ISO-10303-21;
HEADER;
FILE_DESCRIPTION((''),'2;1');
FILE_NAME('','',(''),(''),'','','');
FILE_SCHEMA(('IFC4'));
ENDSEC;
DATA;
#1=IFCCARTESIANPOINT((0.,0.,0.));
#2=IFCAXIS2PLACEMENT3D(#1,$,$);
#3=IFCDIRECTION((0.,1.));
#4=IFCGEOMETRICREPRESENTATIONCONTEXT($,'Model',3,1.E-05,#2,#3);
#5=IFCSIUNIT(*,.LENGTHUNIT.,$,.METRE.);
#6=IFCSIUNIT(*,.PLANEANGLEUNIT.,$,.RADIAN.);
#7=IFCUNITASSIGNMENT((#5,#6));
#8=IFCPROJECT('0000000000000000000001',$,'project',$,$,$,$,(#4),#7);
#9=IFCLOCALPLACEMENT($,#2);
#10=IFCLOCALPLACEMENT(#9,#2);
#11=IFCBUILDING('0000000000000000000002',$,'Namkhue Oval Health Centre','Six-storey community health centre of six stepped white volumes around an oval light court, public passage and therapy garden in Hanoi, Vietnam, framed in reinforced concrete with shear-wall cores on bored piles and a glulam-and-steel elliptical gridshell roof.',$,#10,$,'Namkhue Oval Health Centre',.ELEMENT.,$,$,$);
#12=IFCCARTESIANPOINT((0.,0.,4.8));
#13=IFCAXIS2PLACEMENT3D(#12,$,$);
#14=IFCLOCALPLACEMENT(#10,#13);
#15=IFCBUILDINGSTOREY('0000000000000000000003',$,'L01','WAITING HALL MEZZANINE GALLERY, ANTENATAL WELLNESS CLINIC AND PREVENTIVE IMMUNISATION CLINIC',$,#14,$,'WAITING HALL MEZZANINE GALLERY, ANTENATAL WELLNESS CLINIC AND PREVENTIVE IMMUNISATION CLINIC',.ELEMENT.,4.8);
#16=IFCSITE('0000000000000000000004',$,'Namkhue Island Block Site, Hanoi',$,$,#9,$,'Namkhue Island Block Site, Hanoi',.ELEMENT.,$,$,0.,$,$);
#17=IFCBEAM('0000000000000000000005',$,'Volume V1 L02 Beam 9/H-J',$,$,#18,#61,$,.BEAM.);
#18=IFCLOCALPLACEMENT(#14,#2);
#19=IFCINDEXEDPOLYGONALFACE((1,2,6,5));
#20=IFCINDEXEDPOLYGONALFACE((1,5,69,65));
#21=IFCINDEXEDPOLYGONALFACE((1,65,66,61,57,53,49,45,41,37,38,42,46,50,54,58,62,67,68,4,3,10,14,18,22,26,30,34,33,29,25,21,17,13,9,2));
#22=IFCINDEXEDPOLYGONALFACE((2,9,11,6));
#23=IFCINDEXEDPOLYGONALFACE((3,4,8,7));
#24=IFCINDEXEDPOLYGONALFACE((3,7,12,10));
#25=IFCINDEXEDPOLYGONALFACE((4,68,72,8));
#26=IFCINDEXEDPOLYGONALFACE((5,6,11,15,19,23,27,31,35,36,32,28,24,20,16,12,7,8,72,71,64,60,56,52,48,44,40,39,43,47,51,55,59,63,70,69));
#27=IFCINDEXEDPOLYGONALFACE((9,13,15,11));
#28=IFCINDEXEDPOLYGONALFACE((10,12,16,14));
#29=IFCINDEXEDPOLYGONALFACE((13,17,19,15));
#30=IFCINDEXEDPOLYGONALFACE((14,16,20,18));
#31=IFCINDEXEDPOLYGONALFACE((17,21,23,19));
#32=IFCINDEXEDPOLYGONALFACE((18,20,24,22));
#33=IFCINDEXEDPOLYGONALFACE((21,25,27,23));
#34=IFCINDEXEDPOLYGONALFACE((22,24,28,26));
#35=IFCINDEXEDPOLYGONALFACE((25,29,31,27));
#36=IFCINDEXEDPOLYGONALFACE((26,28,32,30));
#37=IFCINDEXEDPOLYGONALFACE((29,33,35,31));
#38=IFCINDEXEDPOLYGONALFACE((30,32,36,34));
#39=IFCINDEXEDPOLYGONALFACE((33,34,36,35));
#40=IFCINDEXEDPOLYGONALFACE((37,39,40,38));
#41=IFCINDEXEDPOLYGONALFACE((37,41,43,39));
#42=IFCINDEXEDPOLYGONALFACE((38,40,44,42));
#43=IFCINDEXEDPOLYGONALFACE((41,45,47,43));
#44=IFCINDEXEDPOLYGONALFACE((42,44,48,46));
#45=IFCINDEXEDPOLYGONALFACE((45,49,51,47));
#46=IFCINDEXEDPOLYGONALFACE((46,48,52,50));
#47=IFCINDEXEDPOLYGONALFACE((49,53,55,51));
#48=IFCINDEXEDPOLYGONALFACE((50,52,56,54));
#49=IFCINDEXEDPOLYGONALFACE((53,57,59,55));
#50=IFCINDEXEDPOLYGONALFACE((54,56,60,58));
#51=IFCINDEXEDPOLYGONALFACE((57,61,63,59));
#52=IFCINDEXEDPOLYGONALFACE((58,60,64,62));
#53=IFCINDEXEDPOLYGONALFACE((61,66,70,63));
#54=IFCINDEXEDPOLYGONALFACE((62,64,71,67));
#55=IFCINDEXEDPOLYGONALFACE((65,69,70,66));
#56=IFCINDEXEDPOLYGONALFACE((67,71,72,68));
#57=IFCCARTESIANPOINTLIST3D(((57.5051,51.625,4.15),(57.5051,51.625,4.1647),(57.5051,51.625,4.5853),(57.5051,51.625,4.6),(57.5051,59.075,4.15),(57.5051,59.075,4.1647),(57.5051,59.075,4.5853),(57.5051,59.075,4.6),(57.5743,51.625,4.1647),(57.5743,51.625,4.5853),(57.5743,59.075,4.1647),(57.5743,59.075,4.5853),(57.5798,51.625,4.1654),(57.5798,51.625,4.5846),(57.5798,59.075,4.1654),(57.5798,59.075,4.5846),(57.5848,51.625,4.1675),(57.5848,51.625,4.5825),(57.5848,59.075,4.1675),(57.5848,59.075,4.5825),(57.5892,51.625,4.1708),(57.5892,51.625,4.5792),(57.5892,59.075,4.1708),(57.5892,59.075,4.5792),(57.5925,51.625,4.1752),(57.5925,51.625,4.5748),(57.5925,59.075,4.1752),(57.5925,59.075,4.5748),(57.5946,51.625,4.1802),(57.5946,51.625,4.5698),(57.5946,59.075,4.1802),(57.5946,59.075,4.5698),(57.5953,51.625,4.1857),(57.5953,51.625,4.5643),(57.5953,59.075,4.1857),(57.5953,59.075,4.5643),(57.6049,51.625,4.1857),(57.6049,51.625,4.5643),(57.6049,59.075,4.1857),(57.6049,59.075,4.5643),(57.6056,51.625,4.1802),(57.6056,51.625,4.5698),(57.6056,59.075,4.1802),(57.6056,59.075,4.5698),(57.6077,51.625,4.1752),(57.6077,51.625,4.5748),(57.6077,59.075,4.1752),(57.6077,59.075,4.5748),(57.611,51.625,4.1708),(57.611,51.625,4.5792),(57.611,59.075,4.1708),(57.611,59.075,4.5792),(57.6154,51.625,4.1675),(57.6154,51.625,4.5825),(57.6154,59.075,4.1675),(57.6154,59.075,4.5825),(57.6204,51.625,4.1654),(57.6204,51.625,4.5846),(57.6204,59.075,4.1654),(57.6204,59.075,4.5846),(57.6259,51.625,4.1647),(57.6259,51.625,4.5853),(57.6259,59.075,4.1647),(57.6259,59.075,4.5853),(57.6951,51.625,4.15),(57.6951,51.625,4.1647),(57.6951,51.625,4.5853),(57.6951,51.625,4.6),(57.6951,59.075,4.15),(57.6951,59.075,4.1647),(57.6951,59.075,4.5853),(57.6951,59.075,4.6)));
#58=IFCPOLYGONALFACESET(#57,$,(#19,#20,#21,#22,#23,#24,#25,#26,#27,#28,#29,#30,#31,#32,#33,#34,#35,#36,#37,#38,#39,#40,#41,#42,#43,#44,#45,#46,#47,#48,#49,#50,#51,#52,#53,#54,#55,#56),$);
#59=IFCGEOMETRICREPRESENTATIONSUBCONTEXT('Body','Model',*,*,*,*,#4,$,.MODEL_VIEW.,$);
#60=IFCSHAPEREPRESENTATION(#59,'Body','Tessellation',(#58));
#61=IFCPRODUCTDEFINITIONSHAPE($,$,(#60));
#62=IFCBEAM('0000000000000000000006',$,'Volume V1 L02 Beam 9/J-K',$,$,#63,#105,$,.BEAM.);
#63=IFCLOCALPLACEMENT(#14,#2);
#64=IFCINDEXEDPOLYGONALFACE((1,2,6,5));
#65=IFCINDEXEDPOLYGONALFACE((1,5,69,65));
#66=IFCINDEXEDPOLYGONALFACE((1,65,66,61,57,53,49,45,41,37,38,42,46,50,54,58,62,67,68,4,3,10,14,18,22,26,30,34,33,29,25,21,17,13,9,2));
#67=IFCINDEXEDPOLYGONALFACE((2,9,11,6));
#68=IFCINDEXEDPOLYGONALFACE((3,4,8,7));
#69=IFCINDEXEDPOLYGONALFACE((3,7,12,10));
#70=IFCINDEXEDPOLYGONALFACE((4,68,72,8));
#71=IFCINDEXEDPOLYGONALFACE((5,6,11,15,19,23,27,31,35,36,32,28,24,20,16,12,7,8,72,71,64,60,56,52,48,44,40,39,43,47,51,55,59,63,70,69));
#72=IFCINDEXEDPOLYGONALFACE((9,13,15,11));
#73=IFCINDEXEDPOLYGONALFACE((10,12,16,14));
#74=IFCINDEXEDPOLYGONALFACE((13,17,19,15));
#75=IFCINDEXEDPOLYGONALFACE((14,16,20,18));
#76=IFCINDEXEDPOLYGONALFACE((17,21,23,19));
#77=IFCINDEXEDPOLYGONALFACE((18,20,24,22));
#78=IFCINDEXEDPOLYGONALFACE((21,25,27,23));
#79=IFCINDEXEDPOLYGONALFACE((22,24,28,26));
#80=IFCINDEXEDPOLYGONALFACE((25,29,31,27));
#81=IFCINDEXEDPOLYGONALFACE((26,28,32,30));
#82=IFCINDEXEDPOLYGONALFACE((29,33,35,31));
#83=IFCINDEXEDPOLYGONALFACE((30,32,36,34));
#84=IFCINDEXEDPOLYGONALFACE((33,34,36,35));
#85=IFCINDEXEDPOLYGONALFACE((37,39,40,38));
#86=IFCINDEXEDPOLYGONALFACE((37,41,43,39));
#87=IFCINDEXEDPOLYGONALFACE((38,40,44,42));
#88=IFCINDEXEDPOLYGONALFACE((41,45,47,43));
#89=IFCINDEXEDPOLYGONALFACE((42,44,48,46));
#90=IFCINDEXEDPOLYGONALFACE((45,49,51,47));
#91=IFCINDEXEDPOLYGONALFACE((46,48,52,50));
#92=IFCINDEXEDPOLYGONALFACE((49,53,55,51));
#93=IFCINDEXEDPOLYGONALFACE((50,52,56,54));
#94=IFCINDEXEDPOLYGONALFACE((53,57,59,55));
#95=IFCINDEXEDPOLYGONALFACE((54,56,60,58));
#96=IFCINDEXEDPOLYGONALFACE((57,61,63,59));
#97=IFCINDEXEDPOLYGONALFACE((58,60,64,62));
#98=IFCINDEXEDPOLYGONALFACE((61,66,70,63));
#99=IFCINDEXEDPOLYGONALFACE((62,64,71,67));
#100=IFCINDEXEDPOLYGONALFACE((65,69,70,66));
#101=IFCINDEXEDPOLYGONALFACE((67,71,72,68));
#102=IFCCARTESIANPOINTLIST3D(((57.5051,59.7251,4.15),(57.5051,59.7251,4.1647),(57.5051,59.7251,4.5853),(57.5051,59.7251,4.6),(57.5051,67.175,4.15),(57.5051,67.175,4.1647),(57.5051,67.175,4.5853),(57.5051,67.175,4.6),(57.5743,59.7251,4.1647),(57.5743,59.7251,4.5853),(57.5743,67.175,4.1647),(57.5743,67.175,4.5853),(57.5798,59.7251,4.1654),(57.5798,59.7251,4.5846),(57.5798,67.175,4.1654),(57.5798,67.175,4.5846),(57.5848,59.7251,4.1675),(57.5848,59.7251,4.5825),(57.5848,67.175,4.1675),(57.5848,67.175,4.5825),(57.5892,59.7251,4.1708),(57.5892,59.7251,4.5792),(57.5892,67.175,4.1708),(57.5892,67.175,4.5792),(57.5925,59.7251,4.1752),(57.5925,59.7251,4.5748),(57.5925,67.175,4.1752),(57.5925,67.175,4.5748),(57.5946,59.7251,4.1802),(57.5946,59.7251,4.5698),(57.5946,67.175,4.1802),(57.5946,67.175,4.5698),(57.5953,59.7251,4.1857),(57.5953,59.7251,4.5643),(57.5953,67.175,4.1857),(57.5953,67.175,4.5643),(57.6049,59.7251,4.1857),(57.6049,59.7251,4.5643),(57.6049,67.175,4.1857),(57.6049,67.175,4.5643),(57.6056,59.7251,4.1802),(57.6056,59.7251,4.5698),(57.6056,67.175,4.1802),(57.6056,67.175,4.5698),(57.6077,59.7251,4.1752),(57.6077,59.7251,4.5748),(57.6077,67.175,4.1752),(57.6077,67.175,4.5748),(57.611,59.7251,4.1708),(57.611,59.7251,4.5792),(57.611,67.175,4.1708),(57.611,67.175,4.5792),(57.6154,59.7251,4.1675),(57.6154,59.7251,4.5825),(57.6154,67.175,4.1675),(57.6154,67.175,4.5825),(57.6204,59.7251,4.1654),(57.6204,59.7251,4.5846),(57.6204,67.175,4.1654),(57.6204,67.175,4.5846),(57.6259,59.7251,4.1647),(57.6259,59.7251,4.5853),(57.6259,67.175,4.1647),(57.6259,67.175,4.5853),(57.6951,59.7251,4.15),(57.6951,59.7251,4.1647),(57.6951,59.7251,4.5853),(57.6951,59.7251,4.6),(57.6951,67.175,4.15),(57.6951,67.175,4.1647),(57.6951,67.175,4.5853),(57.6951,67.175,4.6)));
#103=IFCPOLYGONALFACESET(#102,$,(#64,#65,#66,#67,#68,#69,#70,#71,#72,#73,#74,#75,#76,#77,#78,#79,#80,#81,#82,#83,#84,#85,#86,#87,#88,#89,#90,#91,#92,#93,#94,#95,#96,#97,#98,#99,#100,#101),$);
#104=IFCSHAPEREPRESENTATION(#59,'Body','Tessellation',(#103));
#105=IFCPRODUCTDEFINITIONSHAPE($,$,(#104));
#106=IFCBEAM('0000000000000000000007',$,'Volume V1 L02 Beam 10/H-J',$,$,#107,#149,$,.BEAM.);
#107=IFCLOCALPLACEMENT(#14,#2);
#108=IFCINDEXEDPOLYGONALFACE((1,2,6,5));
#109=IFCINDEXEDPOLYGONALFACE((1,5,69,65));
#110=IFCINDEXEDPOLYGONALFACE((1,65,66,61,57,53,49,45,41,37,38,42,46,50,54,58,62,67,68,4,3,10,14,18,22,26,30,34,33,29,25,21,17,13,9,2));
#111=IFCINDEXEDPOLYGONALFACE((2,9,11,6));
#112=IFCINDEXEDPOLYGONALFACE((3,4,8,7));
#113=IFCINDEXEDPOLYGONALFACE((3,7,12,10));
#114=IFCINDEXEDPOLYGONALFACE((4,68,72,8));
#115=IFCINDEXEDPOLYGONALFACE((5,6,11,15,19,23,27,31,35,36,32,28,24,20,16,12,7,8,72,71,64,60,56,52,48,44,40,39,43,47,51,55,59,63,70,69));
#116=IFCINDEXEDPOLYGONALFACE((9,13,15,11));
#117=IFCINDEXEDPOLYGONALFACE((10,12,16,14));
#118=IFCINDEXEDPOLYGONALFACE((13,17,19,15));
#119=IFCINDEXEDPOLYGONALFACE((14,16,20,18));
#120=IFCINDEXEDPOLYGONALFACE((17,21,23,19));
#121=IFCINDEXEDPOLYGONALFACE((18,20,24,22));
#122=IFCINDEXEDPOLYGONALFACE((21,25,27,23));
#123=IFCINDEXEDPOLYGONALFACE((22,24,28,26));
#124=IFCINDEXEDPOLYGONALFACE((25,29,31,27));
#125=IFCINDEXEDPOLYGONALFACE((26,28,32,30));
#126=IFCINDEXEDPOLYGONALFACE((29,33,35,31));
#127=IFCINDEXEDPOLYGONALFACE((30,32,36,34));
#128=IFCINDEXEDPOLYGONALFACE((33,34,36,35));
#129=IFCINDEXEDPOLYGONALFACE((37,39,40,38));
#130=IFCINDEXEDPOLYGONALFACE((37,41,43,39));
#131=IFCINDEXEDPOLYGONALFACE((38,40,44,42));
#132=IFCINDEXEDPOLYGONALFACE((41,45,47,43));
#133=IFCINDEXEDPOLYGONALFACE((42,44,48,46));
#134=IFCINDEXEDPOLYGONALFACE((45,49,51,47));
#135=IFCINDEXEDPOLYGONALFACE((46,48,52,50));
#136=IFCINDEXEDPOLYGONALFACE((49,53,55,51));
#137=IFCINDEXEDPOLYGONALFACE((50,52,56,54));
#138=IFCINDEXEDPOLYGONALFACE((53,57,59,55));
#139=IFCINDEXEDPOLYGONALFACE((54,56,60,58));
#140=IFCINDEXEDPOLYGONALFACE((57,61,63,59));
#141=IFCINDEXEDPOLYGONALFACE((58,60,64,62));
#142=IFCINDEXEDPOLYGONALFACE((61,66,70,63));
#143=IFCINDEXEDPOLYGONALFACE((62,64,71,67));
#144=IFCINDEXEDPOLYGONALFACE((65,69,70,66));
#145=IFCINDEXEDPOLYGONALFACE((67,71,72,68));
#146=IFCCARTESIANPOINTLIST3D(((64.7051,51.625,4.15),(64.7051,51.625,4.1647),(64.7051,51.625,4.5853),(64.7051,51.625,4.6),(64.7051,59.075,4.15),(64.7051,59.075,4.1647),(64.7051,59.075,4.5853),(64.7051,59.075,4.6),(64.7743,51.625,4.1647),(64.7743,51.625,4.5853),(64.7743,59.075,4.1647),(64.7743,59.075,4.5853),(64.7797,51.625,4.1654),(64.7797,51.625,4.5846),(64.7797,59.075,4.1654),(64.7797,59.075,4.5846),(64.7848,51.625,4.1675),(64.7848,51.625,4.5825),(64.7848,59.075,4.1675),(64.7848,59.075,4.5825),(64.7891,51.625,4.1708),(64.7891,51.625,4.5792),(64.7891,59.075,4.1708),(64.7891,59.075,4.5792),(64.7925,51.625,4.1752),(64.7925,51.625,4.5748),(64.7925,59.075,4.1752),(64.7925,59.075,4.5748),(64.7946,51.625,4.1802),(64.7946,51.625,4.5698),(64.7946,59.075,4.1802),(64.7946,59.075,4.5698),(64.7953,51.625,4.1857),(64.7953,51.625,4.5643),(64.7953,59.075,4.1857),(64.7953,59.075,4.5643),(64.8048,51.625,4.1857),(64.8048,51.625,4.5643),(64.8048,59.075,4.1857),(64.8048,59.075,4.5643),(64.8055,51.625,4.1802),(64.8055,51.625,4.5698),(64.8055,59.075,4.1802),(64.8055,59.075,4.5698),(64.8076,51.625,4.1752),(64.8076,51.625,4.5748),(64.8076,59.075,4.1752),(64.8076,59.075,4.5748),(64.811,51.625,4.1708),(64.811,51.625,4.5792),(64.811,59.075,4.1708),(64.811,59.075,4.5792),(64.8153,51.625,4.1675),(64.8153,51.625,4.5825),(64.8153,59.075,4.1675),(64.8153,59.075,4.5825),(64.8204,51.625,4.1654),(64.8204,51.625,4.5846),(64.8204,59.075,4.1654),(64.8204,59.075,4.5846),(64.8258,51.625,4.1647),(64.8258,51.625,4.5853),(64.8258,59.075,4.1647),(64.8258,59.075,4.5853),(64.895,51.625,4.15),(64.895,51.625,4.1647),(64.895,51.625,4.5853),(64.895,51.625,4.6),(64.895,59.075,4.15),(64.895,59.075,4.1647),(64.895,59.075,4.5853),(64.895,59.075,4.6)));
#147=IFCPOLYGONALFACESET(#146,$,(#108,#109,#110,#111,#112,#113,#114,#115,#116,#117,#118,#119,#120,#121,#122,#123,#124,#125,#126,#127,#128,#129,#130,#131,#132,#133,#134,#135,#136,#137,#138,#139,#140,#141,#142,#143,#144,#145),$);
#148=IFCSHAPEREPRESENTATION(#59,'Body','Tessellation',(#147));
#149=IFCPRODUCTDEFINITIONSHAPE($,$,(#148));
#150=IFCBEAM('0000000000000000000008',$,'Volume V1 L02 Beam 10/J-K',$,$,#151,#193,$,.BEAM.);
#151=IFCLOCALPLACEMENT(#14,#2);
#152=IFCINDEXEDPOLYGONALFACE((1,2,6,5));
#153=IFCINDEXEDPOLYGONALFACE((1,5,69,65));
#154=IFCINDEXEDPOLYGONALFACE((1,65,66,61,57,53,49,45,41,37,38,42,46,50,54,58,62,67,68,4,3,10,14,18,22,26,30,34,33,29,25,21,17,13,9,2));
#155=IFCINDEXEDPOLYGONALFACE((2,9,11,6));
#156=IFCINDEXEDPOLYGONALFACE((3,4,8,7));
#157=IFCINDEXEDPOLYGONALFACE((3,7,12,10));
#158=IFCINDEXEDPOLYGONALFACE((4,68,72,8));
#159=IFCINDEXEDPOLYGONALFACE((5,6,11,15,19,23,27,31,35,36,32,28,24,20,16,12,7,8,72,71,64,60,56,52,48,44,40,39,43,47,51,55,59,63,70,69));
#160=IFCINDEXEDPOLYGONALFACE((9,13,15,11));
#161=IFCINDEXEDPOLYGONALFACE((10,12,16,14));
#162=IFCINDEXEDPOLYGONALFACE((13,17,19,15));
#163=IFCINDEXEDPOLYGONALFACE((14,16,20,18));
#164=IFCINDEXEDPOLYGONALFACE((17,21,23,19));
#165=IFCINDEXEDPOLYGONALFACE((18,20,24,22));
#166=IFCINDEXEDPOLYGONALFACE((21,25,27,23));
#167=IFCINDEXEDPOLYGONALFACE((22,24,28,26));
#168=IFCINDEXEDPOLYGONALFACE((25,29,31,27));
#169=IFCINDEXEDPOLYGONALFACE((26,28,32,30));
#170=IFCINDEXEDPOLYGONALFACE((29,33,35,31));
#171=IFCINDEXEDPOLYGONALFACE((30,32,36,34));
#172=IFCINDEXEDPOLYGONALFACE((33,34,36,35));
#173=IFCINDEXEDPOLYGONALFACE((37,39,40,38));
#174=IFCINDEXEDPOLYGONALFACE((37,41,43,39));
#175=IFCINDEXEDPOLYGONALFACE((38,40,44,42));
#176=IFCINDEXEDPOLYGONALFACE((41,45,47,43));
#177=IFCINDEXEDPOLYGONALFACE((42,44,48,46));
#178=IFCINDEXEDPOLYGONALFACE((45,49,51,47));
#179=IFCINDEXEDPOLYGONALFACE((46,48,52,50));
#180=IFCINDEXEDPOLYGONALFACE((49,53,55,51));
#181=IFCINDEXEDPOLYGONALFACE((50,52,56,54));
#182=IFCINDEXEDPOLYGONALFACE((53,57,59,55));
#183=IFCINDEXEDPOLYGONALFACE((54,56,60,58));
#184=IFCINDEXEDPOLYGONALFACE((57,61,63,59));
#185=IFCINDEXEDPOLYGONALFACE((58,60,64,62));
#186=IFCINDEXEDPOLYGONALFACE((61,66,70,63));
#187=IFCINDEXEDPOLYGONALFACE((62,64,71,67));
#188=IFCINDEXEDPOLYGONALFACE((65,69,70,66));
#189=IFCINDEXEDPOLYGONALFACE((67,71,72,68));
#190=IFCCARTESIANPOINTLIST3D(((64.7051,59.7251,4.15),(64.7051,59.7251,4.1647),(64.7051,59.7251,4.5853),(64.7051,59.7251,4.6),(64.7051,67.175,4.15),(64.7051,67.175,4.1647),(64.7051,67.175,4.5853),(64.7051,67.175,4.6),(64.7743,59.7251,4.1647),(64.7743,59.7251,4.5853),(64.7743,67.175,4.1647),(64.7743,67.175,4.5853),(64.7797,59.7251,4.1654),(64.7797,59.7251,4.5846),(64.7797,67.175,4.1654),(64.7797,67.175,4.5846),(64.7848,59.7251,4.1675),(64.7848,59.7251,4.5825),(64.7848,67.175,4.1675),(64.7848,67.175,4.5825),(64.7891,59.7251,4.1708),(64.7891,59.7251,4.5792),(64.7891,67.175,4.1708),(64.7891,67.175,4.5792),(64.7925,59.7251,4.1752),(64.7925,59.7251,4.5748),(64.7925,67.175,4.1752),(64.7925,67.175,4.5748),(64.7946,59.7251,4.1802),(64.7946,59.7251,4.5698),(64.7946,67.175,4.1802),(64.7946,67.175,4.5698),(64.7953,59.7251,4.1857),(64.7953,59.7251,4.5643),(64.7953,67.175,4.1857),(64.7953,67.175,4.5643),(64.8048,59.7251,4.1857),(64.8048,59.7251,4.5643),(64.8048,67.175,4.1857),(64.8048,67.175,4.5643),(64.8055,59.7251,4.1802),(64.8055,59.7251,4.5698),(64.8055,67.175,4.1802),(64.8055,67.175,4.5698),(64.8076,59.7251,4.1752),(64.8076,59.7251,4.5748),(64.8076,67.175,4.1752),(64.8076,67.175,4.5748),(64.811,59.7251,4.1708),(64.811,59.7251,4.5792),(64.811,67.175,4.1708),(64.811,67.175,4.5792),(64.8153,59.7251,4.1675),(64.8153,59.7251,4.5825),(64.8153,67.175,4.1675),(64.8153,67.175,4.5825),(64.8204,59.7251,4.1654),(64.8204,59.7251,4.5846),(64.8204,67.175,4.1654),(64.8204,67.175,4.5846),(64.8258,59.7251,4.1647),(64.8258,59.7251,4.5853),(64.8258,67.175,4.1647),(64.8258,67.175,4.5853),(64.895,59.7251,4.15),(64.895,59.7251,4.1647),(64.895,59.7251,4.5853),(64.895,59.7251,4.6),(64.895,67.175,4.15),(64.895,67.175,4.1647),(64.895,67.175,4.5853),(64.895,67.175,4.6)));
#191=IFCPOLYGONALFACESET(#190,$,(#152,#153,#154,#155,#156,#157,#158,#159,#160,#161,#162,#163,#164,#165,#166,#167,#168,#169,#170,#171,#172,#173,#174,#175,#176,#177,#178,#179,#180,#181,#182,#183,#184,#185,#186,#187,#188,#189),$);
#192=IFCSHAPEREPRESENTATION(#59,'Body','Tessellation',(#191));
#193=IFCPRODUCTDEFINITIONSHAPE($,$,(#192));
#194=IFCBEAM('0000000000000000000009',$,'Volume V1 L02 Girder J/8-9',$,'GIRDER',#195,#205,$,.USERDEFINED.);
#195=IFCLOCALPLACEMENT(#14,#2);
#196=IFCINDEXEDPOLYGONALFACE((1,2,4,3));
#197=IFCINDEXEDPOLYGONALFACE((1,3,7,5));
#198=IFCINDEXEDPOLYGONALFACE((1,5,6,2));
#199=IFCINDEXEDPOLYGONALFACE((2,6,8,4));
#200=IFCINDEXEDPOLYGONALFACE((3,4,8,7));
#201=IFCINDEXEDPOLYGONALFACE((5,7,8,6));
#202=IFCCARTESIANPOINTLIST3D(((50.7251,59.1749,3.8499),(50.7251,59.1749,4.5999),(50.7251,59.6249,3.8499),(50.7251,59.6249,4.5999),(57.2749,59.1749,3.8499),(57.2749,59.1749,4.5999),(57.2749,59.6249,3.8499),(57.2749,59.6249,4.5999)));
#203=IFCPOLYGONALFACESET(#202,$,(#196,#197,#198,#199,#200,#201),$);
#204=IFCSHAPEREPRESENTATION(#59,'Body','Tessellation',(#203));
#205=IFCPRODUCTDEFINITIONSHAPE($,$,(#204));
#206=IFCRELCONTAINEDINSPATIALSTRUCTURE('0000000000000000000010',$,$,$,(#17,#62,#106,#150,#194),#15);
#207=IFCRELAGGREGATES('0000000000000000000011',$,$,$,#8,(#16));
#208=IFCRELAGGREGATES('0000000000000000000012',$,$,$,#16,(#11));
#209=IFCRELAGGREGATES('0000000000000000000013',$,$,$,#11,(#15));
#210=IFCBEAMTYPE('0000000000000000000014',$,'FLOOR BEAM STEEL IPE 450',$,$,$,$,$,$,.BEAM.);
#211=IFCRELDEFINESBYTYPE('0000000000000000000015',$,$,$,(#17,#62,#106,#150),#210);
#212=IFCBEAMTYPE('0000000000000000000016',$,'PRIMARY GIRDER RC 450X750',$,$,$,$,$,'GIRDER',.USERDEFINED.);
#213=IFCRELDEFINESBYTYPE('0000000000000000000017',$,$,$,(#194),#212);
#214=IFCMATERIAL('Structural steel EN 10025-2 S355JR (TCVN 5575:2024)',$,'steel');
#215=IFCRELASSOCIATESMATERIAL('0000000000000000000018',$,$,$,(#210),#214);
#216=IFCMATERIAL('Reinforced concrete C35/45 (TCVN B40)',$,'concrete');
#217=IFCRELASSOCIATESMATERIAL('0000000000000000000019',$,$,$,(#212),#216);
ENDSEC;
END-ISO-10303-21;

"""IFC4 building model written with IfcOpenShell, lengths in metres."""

from ifc_helpers import new_model, si_unit, direction, frame, origin, origin_2d, place, context, subcontext, project, spatial, rectangle, i_section, extrude, material, material_profile, profile_set, type_object, element, save


model = new_model("IFC4")

# Units and contexts
model_context = context("Model", 3, precision=1e-05, world=origin(), true_north=direction((0.0, 1.0)))
body_context = subcontext(model_context, "Body", "Model", "MODEL_VIEW")
ifc_project = project(units=[si_unit("LENGTHUNIT", "METRE"), si_unit("PLANEANGLEUNIT", "RADIAN")], contexts=[model_context])

# Site, building, storey
site_placement = place(None, origin())
site = spatial("IfcSite", under=ifc_project, at=site_placement, Name="Namkhue Island Block Site, Hanoi", LongName="Namkhue Island Block Site, Hanoi", CompositionType="ELEMENT", RefElevation=0.0)
building_placement = place(site_placement, origin())
building = spatial("IfcBuilding", under=site, at=building_placement, Name="Namkhue Oval Health Centre", Description="Six-storey community health centre of six stepped white volumes around an oval light court, public passage and therapy garden in Hanoi, Vietnam, framed in reinforced concrete with shear-wall cores on bored piles and a glulam-and-steel elliptical gridshell roof.", LongName="Namkhue Oval Health Centre", CompositionType="ELEMENT")
storey_placement = place(building_placement, frame((0.0, 0.0, 4.8)))
storey = spatial("IfcBuildingStorey", under=building, at=storey_placement, Name="L01", Description="WAITING HALL MEZZANINE GALLERY, ANTENATAL WELLNESS CLINIC AND PREVENTIVE IMMUNISATION CLINIC", LongName="WAITING HALL MEZZANINE GALLERY, ANTENATAL WELLNESS CLINIC AND PREVENTIVE IMMUNISATION CLINIC", CompositionType="ELEMENT", Elevation=4.8)

# Shared definitions
ifc_material_1 = material(Name="Reinforced concrete C35/45 (TCVN B40)", Category="concrete")

# Beams
ifc_material_2 = material(Name="Structural steel EN 10025-2 S355JR (TCVN 5575:2024)", Category="steel")
ifc_material_profile_1 = material_profile(ifc_material_2, i_section(OverallWidth=0.1899, OverallDepth=0.45, WebThickness=0.0095, FlangeThickness=0.0146, FilletRadius=0.021, at=origin_2d()), Name="IPE 450")
ifc_profile_set_1 = profile_set([ifc_material_profile_1], Name="Structural steel EN 10025-2 S355JR (TCVN 5575:2024)")
beam_type_1 = type_object("IfcBeamType", Name="FLOOR BEAM STEEL IPE 450", PredefinedType="BEAM", material=ifc_profile_set_1)
for number, where, z_axis, x_axis, name in (
    (1, (57.6001, 51.625, 4.375), (0.0, 1.0, 0.0), (-1.0, 0.0, 0.0), "Volume V1 L02 Beam 9/H-J"),
    (2, (57.6001, 59.7251, 4.375), (0.0, 1.0, 0.0), (-1.0, 0.0, 0.0), "Volume V1 L02 Beam 9/J-K"),
    (3, (64.8, 51.625, 4.375), (0.0, 1.0, 0.0), (-1.0, 0.0, 0.0), "Volume V1 L02 Beam 10/H-J"),
    (4, (64.8, 59.7251, 4.375), (0.0, 1.0, 0.0), (-1.0, 0.0, 0.0), "Volume V1 L02 Beam 10/J-K"),
):
    element("IfcBeam", number, at=place(storey_placement, frame(where, z_axis=z_axis, x_axis=x_axis)), inside=storey, type_object=beam_type_1, Name=name, PredefinedType="BEAM", context=body_context, shape_type="SweptSolid", body=[
        extrude(i_section(OverallWidth=0.1899, OverallDepth=0.45, WebThickness=0.0095, FlangeThickness=0.0146, FilletRadius=0.021, at=origin_2d()), origin(), (0.0, 0.0, 1.0), 7.45),
    ])
ifc_material_profile_2 = material_profile(ifc_material_1, rectangle(XDim=0.45, YDim=0.75, at=origin_2d()), Name="RC 450x750")
ifc_profile_set_2 = profile_set([ifc_material_profile_2], Name="Reinforced concrete C35/45 (TCVN B40)")
beam_type_2 = type_object("IfcBeamType", Name="PRIMARY GIRDER RC 450X750", ElementType="GIRDER", PredefinedType="USERDEFINED", material=ifc_profile_set_2)
beam_1_placement = place(storey_placement, frame((50.7251, 59.3999, 4.2249), z_axis=(1.0, 0.0, 0.0), x_axis=(0.0, 1.0, 0.0)))
element("IfcBeam", 5, at=beam_1_placement, inside=storey, type_object=beam_type_2, Name="Volume V1 L02 Girder J/8-9", ObjectType="GIRDER", PredefinedType="USERDEFINED", context=body_context, shape_type="SweptSolid", body=[
    extrude(rectangle(XDim=0.45, YDim=0.75, at=origin_2d()), origin(), (0.0, 0.0, 1.0), 6.5498),
])

save(model, "model.ifc")
